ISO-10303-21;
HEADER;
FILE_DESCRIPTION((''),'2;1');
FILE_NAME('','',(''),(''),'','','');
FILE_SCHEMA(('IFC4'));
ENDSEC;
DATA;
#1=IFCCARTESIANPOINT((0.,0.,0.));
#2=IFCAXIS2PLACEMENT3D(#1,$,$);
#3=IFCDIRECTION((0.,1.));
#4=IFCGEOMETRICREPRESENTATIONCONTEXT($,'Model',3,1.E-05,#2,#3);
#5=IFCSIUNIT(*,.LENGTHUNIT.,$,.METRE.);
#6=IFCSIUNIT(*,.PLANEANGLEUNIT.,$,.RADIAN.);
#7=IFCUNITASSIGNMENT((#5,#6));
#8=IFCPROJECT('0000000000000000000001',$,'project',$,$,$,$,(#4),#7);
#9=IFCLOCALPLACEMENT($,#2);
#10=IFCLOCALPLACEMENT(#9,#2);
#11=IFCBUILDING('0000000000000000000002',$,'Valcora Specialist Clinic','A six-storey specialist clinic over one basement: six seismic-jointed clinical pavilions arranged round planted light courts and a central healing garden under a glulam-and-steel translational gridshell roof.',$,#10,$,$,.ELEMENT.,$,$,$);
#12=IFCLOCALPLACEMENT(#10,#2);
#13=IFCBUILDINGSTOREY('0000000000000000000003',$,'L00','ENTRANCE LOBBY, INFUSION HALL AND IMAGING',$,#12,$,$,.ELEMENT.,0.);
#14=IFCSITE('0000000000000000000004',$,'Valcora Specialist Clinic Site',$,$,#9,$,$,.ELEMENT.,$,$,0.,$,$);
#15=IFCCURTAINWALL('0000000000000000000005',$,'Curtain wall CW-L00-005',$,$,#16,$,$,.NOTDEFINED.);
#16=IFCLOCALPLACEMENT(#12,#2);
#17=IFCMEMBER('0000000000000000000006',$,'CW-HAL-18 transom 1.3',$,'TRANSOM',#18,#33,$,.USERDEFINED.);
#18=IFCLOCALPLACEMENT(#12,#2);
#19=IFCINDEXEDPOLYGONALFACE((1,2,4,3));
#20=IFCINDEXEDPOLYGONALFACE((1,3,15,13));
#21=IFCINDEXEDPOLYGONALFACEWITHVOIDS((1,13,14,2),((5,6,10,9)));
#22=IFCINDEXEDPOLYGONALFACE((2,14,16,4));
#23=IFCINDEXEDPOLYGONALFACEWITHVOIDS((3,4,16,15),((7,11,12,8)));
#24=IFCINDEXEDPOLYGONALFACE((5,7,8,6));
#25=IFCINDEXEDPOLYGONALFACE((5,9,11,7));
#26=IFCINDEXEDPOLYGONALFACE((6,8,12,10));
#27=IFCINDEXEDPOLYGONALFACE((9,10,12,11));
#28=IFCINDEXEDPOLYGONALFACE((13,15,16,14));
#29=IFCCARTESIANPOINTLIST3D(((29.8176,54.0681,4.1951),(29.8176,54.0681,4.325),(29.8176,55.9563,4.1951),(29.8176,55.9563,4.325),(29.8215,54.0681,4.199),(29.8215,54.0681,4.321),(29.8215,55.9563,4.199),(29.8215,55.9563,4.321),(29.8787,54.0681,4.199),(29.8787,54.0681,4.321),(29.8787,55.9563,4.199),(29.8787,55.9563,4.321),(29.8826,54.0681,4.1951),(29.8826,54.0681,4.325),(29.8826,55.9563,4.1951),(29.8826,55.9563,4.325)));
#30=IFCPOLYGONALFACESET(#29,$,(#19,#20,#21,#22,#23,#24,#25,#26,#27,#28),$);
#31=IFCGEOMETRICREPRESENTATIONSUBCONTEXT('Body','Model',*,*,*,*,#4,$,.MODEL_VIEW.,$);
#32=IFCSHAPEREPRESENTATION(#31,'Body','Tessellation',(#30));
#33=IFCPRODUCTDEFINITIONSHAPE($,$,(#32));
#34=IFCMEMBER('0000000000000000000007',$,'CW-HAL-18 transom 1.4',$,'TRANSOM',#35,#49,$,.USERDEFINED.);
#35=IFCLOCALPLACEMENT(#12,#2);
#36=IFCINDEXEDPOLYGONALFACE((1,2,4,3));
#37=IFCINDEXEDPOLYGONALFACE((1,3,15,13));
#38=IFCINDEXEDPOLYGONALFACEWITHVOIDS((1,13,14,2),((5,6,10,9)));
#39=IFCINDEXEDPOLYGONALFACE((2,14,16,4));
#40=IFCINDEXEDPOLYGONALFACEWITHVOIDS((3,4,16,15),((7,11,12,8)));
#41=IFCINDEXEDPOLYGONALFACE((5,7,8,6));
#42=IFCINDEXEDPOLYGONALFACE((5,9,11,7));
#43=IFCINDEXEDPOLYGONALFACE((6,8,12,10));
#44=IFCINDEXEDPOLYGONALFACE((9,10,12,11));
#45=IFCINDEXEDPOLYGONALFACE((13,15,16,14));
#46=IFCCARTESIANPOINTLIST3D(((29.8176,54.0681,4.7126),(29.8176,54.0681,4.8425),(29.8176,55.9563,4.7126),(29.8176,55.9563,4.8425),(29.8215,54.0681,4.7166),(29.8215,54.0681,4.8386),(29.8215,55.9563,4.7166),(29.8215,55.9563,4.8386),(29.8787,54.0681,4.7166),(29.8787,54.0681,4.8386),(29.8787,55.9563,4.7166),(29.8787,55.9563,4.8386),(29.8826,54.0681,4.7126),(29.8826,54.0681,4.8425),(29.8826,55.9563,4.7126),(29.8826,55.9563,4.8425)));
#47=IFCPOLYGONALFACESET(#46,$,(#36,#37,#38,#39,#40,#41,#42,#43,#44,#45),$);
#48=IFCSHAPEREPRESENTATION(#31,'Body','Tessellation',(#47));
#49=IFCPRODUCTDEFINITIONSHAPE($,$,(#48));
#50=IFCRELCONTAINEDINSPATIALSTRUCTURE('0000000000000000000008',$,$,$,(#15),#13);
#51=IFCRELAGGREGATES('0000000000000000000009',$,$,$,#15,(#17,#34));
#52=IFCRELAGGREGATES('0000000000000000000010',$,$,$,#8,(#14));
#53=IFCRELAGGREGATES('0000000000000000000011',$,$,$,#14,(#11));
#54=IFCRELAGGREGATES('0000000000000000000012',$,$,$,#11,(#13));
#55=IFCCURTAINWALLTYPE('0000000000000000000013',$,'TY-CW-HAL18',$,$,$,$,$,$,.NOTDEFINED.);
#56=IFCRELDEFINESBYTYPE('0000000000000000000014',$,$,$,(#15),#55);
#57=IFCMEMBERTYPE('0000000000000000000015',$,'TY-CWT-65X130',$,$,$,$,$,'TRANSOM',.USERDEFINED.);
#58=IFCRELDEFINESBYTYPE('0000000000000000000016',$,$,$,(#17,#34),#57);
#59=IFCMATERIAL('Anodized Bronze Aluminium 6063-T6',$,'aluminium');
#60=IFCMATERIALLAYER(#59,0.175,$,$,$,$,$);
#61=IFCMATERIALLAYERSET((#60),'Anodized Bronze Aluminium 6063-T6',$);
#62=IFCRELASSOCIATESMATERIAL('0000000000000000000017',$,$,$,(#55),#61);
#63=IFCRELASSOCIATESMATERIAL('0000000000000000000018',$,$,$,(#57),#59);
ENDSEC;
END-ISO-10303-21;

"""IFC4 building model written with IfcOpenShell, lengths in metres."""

from ifc_helpers import new_model, si_unit, direction, frame, origin, origin_2d, place, context, subcontext, project, spatial, hollow_rectangle, extrude, material, layer, layer_set, material_profile, profile_set, type_object, element, aggregate, save


model = new_model("IFC4")

# Units and contexts
model_context = context("Model", 3, precision=1e-05, world=origin(), true_north=direction((0.0, 1.0)))
body_context = subcontext(model_context, "Body", "Model", "MODEL_VIEW")
ifc_project = project(units=[si_unit("LENGTHUNIT", "METRE"), si_unit("PLANEANGLEUNIT", "RADIAN")], contexts=[model_context])

# Site, building, storey
site_placement = place(None, origin())
site = spatial("IfcSite", under=ifc_project, at=site_placement, Name="Valcora Specialist Clinic Site", CompositionType="ELEMENT", RefElevation=0.0)
building_placement = place(site_placement, origin())
building = spatial("IfcBuilding", under=site, at=building_placement, Name="Valcora Specialist Clinic", Description="A six-storey specialist clinic over one basement: six seismic-jointed clinical pavilions arranged round planted light courts and a central healing garden under a glulam-and-steel translational gridshell roof.", CompositionType="ELEMENT")
storey_placement = place(building_placement, origin())
storey = spatial("IfcBuildingStorey", under=building, at=storey_placement, Name="L00", Description="ENTRANCE LOBBY, INFUSION HALL AND IMAGING", CompositionType="ELEMENT", Elevation=0.0)

# Curtain wall, members
ifc_material_1 = material(Name="Anodized Bronze Aluminium 6063-T6", Category="aluminium")
ifc_layer = layer(ifc_material_1, 0.175)
ifc_layer_set = layer_set([ifc_layer], Name="Anodized Bronze Aluminium 6063-T6")
curtain_wall_type = type_object("IfcCurtainWallType", Name="TY-CW-HAL18", PredefinedType="NOTDEFINED", material=ifc_layer_set)
curtain_wall_placement = place(storey_placement, origin())
curtain_wall = element("IfcCurtainWall", 1, at=curtain_wall_placement, inside=storey, type_object=curtain_wall_type, Name="Curtain wall CW-L00-005", PredefinedType="NOTDEFINED")
ifc_material_profile_1 = material_profile(ifc_material_1, hollow_rectangle(XDim=0.0649, YDim=0.1299, WallThickness=0.0039, at=origin_2d()), Name="AL-TRN-65X130")
ifc_profile_set_1 = profile_set([ifc_material_profile_1], Name="Anodized Bronze Aluminium 6063-T6")
member_type_1 = type_object("IfcMemberType", Name="TY-CWT-65X130", ElementType="TRANSOM", PredefinedType="USERDEFINED", material=ifc_profile_set_1)
member_1_placement = place(storey_placement, frame((29.8501, 55.9563, 4.26), z_axis=(0.0, -1.0, 0.0), x_axis=(1.0, 0.0, 0.0)))
member_1 = element("IfcMember", 2, at=member_1_placement, type_object=member_type_1, Name="CW-HAL-18 transom 1.3", ObjectType="TRANSOM", PredefinedType="USERDEFINED", context=body_context, shape_type="SweptSolid", body=[
    extrude(hollow_rectangle(XDim=0.0649, YDim=0.1299, WallThickness=0.0039, at=origin_2d()), origin(), (0.0, 0.0, 1.0), 1.8882),
])
member_2_placement = place(storey_placement, frame((29.8501, 55.9563, 4.7776), z_axis=(0.0, -1.0, 0.0), x_axis=(1.0, 0.0, 0.0)))
member_2 = element("IfcMember", 3, at=member_2_placement, type_object=member_type_1, Name="CW-HAL-18 transom 1.4", ObjectType="TRANSOM", PredefinedType="USERDEFINED", context=body_context, shape_type="SweptSolid", body=[
    extrude(hollow_rectangle(XDim=0.0649, YDim=0.1299, WallThickness=0.0039, at=origin_2d()), origin(), (0.0, 0.0, 1.0), 1.8882),
])
aggregate(curtain_wall, [member_1, member_2])

save(model, "model.ifc")
